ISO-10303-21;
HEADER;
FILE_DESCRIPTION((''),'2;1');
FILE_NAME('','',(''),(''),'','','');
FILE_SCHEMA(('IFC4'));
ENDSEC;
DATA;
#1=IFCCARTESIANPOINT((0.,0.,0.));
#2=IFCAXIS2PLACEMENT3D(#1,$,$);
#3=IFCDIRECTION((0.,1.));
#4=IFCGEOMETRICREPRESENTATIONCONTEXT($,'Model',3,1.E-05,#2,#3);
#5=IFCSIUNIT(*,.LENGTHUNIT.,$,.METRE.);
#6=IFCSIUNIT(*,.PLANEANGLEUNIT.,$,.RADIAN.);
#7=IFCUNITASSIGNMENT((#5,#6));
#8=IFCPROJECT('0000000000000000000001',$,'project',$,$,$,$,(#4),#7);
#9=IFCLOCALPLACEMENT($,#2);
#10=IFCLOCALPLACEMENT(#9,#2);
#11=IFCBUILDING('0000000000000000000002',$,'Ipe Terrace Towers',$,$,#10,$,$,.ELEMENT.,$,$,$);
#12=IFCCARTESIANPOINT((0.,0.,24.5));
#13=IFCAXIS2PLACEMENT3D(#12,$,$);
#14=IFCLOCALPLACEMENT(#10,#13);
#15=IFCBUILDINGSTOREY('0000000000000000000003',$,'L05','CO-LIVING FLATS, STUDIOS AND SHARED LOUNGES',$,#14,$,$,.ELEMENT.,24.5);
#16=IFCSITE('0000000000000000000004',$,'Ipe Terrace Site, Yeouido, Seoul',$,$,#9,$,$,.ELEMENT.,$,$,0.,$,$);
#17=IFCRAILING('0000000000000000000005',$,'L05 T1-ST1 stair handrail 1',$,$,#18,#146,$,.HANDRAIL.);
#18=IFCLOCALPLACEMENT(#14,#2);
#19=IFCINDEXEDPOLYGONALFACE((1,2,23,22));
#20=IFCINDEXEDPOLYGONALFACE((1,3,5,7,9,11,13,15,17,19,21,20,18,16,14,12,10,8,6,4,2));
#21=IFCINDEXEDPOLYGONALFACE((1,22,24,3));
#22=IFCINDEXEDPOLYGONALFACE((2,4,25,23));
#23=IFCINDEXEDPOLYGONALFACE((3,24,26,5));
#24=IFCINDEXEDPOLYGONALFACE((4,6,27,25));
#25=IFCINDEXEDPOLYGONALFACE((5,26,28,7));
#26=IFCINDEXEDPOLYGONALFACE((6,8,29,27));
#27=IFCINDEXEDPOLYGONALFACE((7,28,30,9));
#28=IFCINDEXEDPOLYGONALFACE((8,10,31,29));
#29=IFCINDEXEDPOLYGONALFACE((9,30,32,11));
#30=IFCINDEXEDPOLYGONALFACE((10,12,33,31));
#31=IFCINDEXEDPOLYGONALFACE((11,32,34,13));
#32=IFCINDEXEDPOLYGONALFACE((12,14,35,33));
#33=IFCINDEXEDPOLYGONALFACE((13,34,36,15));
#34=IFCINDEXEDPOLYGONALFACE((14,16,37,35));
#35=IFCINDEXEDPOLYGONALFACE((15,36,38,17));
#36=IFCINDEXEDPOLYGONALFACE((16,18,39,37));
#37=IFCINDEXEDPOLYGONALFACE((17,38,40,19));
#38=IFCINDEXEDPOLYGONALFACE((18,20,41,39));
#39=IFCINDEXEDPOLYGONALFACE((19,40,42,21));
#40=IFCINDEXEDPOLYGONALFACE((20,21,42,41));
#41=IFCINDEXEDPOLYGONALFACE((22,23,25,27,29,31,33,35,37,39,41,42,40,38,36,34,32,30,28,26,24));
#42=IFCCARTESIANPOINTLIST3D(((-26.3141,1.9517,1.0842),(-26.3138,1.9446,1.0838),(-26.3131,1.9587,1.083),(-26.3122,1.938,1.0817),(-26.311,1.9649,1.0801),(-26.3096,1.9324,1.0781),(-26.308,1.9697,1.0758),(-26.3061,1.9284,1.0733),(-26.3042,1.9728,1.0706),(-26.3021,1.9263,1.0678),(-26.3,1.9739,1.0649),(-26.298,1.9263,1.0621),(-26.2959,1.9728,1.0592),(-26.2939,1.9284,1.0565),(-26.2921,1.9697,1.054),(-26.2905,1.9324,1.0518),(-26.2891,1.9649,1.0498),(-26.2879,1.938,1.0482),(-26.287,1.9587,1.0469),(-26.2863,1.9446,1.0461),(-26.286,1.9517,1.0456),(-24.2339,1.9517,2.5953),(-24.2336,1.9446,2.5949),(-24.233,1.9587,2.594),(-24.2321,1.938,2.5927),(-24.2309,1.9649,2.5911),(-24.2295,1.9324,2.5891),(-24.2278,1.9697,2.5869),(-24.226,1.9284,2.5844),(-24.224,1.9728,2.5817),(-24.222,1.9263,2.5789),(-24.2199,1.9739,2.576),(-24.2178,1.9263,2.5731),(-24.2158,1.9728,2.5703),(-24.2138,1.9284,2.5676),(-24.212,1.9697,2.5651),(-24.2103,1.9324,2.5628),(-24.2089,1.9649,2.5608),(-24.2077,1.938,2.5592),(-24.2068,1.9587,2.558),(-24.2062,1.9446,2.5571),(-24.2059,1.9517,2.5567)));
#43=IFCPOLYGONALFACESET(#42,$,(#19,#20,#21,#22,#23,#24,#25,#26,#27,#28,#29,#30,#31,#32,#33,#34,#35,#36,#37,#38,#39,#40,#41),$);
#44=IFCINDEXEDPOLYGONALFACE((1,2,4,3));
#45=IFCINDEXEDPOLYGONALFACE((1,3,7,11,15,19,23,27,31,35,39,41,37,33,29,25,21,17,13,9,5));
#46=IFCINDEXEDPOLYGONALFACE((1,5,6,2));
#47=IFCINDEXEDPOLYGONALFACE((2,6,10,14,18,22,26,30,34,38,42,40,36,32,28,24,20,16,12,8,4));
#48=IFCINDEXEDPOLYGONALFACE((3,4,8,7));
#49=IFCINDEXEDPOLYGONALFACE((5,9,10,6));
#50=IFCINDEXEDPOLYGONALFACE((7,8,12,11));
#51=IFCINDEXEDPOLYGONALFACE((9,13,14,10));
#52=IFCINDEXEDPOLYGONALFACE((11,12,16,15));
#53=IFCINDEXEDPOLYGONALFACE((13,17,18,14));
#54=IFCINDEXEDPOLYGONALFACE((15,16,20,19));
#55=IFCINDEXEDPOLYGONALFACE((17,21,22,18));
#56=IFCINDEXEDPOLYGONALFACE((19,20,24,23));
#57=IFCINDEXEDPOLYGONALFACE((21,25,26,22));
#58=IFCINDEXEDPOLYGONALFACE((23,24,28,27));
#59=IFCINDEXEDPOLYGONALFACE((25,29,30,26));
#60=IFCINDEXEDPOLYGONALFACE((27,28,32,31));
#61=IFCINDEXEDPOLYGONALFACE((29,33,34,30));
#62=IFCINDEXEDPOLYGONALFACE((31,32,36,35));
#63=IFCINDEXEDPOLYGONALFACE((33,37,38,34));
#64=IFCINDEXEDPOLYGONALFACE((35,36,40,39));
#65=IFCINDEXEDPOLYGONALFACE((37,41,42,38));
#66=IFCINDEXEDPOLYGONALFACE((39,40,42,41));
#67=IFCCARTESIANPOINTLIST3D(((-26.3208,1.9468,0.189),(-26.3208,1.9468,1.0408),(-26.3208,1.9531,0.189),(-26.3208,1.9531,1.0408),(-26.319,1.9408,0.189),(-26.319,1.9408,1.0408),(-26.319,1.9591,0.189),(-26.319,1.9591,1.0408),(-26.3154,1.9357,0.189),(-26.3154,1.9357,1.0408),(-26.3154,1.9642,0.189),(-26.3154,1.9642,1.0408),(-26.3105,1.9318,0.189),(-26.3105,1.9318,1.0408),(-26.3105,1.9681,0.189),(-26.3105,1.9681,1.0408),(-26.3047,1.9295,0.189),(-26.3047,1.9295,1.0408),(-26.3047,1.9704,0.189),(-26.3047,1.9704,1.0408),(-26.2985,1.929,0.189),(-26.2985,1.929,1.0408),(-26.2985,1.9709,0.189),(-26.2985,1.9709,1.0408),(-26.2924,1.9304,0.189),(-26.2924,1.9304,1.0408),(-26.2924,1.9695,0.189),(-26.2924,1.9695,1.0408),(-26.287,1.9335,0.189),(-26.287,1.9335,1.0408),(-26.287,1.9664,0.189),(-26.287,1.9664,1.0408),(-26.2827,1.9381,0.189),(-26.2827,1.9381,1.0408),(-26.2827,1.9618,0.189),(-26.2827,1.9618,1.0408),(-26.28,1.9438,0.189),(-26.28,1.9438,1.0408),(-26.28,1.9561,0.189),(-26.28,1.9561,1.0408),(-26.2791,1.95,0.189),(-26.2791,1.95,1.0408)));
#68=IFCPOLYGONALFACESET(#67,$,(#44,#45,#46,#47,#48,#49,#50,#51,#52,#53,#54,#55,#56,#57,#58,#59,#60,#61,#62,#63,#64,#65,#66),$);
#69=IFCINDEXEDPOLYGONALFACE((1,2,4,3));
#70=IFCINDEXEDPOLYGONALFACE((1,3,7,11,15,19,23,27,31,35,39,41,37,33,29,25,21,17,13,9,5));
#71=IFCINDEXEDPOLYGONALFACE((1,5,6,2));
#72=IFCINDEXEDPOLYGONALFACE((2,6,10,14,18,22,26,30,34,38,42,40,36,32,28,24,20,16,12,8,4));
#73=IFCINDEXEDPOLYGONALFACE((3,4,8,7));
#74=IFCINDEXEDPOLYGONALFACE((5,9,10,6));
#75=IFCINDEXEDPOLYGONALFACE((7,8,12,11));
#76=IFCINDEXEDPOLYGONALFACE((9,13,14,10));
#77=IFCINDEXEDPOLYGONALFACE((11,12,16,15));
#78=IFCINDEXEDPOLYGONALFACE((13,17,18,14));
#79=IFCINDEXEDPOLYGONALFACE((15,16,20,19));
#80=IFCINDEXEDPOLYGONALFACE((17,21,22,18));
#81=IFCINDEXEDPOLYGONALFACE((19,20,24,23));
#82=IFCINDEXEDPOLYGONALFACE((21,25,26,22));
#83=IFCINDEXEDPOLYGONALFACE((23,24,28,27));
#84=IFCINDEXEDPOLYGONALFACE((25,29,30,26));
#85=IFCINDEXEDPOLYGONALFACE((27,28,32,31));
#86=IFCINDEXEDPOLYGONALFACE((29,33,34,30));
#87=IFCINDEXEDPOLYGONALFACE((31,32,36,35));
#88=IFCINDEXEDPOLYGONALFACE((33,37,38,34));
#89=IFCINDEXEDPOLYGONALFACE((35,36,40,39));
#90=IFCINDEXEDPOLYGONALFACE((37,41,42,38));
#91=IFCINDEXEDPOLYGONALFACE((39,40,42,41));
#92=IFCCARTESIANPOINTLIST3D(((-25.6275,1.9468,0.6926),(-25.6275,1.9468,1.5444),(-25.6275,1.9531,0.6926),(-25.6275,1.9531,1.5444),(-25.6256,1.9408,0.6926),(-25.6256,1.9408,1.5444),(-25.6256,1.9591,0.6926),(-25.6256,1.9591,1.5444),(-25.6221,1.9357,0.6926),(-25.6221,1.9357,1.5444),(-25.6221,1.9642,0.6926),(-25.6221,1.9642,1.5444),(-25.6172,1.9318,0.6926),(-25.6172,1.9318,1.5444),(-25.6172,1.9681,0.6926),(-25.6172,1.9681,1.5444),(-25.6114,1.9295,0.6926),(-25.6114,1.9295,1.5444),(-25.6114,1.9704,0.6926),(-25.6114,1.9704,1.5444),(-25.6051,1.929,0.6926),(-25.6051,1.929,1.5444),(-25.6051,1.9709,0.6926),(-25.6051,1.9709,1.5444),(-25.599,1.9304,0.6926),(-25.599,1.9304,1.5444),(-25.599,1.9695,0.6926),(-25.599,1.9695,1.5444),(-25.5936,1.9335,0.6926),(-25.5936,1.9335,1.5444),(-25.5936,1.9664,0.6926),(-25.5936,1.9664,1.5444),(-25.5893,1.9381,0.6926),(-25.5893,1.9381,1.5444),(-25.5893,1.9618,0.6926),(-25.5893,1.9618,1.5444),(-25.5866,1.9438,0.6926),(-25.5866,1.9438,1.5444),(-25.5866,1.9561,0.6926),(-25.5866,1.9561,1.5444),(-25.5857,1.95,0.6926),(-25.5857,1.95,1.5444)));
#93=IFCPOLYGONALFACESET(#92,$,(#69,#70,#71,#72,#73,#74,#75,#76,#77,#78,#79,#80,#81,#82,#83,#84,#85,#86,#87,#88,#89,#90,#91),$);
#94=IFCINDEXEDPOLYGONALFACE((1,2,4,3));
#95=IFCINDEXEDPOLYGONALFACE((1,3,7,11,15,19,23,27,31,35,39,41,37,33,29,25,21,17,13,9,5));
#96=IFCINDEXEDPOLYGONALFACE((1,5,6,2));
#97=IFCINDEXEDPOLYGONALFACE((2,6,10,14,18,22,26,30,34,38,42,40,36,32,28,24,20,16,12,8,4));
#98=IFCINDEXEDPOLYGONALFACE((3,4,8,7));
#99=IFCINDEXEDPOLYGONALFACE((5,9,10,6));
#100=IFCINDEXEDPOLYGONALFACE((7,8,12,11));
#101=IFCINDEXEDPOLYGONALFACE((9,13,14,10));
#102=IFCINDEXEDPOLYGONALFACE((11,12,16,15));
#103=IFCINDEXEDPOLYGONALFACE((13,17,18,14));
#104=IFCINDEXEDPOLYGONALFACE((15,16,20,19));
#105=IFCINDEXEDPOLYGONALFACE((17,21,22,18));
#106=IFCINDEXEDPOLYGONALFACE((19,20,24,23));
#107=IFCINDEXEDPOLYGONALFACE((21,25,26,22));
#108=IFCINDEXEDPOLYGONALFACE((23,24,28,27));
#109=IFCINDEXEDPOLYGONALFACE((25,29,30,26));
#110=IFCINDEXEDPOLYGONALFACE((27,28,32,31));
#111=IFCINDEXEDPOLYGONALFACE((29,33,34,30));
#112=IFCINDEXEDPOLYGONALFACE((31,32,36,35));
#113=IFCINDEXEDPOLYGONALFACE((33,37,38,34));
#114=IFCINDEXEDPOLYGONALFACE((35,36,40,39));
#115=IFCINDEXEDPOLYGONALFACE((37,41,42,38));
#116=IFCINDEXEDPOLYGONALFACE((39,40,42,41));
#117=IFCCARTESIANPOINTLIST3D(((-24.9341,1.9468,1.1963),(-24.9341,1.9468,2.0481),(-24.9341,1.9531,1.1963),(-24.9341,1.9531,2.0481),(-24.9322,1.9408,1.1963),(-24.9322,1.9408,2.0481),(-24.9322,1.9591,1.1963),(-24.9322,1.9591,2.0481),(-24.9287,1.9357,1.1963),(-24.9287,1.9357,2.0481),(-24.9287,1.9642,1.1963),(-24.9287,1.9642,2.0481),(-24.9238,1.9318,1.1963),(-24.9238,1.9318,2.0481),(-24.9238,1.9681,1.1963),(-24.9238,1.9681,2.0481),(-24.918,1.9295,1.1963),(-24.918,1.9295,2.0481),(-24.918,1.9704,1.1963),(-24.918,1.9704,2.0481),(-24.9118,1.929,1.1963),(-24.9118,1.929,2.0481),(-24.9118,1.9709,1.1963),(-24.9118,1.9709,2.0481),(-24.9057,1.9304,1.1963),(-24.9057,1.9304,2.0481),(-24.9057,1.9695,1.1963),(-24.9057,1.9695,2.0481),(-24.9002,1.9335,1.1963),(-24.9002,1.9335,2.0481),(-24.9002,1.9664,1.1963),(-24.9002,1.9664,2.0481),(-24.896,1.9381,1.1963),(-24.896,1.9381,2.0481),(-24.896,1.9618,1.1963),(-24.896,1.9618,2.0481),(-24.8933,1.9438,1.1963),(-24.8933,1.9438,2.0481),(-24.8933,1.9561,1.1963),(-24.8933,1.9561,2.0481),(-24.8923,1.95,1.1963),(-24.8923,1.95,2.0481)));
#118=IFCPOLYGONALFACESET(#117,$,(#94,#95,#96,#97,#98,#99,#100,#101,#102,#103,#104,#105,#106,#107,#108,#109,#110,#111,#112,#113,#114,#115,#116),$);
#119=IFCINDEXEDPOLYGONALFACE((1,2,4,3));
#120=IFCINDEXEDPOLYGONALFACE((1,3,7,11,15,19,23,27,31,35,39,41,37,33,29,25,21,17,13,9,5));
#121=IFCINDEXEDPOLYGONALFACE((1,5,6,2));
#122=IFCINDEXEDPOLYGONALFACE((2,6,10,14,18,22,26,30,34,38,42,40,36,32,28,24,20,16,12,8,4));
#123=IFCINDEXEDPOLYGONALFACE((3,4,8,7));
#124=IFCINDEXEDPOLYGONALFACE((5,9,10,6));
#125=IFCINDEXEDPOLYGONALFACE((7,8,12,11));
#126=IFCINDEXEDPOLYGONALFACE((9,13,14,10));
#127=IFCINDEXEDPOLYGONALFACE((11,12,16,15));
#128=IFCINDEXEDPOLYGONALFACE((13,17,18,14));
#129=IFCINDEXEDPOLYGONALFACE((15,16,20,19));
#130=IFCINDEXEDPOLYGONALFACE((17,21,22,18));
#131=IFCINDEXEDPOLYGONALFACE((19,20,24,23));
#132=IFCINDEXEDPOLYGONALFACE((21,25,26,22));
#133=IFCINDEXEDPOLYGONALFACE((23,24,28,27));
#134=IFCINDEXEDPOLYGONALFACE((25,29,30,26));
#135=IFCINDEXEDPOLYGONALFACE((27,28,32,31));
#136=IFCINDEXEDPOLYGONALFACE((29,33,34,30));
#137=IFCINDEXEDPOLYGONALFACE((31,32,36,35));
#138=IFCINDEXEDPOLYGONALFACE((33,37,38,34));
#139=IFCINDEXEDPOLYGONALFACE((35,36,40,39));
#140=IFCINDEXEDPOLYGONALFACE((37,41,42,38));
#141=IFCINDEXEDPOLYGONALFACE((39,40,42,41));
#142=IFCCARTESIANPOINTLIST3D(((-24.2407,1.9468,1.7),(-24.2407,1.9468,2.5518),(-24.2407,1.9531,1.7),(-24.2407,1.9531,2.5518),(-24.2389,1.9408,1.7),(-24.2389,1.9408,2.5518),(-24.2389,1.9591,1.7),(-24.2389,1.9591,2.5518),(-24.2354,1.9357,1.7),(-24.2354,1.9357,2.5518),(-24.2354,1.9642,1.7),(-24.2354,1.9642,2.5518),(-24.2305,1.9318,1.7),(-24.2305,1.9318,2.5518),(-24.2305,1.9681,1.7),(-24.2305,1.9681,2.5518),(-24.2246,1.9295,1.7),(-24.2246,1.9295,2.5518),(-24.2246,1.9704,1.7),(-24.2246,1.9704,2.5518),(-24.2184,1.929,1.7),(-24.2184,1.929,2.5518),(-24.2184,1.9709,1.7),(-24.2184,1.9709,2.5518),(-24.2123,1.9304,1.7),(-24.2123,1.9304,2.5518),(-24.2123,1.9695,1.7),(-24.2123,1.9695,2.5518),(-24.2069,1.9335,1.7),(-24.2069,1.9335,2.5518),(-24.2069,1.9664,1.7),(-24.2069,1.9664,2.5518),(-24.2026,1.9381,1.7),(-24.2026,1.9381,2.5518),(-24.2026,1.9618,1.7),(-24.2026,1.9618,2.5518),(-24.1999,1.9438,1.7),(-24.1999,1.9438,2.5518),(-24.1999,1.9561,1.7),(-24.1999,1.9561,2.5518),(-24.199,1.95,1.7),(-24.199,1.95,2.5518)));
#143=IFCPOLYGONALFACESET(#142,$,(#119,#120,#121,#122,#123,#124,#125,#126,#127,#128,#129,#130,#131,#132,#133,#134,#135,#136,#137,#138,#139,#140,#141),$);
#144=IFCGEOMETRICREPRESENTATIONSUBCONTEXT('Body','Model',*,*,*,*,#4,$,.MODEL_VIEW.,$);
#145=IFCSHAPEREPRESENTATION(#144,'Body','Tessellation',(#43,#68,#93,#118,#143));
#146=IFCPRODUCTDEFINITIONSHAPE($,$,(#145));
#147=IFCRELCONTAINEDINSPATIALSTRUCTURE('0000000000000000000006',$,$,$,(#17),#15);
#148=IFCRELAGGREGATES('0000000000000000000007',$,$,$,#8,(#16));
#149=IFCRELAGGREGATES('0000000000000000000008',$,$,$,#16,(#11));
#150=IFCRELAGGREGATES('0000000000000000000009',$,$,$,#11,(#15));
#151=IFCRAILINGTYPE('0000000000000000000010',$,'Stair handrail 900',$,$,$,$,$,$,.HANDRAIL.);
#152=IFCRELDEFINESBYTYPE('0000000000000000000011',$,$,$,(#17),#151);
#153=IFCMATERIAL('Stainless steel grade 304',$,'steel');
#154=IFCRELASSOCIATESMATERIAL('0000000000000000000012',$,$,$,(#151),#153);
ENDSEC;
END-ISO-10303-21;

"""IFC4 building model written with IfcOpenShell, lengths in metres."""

from ifc_helpers import new_model, si_unit, direction, frame, origin, origin_2d, place, context, subcontext, project, spatial, circle, extrude, material, type_object, element, save


model = new_model("IFC4")

# Units and contexts
model_context = context("Model", 3, precision=1e-05, world=origin(), true_north=direction((0.0, 1.0)))
body_context = subcontext(model_context, "Body", "Model", "MODEL_VIEW")
ifc_project = project(units=[si_unit("LENGTHUNIT", "METRE"), si_unit("PLANEANGLEUNIT", "RADIAN")], contexts=[model_context])

# Site, building, storey
site_placement = place(None, origin())
site = spatial("IfcSite", under=ifc_project, at=site_placement, Name="Ipe Terrace Site, Yeouido, Seoul", CompositionType="ELEMENT", RefElevation=0.0)
building_placement = place(site_placement, origin())
building = spatial("IfcBuilding", under=site, at=building_placement, Name="Ipe Terrace Towers", CompositionType="ELEMENT")
storey_placement = place(building_placement, frame((0.0, 0.0, 24.5)))
storey = spatial("IfcBuildingStorey", under=building, at=storey_placement, Name="L05", Description="CO-LIVING FLATS, STUDIOS AND SHARED LOUNGES", CompositionType="ELEMENT", Elevation=24.5)

# Railing
ifc_material_1 = material(Name="Stainless steel grade 304", Category="steel")
railing_type_1 = type_object("IfcRailingType", Name="Stair handrail 900", PredefinedType="HANDRAIL", material=ifc_material_1)
railing_1_placement = place(storey_placement, frame((-26.3, 1.95, 0.189)))
element("IfcRailing", 1, at=railing_1_placement, inside=storey, type_object=railing_type_1, Name="L05 T1-ST1 stair handrail 1", PredefinedType="HANDRAIL", context=body_context, shape_type="SweptSolid", body=[
    extrude(circle(Radius=0.0239, at=origin_2d()), frame((0.0, 0.0, 0.876), z_axis=(0.809069, 0.0, 0.587714), x_axis=(0.0, 1.0, 0.0)), (0.0, 0.0, 1.0), 2.571),
    extrude(circle(Radius=0.021, at=origin_2d()), origin(), (0.0, 0.0, 1.0), 0.8518),
    extrude(circle(Radius=0.021, at=origin_2d()), frame((0.6934, 0.0, 0.5037)), (0.0, 0.0, 1.0), 0.8518),
    extrude(circle(Radius=0.021, at=origin_2d()), frame((1.3867, 0.0, 1.0073)), (0.0, 0.0, 1.0), 0.8518),
    extrude(circle(Radius=0.021, at=origin_2d()), frame((2.0801, 0.0, 1.511)), (0.0, 0.0, 1.0), 0.8518),
])

save(model, "model.ifc")
